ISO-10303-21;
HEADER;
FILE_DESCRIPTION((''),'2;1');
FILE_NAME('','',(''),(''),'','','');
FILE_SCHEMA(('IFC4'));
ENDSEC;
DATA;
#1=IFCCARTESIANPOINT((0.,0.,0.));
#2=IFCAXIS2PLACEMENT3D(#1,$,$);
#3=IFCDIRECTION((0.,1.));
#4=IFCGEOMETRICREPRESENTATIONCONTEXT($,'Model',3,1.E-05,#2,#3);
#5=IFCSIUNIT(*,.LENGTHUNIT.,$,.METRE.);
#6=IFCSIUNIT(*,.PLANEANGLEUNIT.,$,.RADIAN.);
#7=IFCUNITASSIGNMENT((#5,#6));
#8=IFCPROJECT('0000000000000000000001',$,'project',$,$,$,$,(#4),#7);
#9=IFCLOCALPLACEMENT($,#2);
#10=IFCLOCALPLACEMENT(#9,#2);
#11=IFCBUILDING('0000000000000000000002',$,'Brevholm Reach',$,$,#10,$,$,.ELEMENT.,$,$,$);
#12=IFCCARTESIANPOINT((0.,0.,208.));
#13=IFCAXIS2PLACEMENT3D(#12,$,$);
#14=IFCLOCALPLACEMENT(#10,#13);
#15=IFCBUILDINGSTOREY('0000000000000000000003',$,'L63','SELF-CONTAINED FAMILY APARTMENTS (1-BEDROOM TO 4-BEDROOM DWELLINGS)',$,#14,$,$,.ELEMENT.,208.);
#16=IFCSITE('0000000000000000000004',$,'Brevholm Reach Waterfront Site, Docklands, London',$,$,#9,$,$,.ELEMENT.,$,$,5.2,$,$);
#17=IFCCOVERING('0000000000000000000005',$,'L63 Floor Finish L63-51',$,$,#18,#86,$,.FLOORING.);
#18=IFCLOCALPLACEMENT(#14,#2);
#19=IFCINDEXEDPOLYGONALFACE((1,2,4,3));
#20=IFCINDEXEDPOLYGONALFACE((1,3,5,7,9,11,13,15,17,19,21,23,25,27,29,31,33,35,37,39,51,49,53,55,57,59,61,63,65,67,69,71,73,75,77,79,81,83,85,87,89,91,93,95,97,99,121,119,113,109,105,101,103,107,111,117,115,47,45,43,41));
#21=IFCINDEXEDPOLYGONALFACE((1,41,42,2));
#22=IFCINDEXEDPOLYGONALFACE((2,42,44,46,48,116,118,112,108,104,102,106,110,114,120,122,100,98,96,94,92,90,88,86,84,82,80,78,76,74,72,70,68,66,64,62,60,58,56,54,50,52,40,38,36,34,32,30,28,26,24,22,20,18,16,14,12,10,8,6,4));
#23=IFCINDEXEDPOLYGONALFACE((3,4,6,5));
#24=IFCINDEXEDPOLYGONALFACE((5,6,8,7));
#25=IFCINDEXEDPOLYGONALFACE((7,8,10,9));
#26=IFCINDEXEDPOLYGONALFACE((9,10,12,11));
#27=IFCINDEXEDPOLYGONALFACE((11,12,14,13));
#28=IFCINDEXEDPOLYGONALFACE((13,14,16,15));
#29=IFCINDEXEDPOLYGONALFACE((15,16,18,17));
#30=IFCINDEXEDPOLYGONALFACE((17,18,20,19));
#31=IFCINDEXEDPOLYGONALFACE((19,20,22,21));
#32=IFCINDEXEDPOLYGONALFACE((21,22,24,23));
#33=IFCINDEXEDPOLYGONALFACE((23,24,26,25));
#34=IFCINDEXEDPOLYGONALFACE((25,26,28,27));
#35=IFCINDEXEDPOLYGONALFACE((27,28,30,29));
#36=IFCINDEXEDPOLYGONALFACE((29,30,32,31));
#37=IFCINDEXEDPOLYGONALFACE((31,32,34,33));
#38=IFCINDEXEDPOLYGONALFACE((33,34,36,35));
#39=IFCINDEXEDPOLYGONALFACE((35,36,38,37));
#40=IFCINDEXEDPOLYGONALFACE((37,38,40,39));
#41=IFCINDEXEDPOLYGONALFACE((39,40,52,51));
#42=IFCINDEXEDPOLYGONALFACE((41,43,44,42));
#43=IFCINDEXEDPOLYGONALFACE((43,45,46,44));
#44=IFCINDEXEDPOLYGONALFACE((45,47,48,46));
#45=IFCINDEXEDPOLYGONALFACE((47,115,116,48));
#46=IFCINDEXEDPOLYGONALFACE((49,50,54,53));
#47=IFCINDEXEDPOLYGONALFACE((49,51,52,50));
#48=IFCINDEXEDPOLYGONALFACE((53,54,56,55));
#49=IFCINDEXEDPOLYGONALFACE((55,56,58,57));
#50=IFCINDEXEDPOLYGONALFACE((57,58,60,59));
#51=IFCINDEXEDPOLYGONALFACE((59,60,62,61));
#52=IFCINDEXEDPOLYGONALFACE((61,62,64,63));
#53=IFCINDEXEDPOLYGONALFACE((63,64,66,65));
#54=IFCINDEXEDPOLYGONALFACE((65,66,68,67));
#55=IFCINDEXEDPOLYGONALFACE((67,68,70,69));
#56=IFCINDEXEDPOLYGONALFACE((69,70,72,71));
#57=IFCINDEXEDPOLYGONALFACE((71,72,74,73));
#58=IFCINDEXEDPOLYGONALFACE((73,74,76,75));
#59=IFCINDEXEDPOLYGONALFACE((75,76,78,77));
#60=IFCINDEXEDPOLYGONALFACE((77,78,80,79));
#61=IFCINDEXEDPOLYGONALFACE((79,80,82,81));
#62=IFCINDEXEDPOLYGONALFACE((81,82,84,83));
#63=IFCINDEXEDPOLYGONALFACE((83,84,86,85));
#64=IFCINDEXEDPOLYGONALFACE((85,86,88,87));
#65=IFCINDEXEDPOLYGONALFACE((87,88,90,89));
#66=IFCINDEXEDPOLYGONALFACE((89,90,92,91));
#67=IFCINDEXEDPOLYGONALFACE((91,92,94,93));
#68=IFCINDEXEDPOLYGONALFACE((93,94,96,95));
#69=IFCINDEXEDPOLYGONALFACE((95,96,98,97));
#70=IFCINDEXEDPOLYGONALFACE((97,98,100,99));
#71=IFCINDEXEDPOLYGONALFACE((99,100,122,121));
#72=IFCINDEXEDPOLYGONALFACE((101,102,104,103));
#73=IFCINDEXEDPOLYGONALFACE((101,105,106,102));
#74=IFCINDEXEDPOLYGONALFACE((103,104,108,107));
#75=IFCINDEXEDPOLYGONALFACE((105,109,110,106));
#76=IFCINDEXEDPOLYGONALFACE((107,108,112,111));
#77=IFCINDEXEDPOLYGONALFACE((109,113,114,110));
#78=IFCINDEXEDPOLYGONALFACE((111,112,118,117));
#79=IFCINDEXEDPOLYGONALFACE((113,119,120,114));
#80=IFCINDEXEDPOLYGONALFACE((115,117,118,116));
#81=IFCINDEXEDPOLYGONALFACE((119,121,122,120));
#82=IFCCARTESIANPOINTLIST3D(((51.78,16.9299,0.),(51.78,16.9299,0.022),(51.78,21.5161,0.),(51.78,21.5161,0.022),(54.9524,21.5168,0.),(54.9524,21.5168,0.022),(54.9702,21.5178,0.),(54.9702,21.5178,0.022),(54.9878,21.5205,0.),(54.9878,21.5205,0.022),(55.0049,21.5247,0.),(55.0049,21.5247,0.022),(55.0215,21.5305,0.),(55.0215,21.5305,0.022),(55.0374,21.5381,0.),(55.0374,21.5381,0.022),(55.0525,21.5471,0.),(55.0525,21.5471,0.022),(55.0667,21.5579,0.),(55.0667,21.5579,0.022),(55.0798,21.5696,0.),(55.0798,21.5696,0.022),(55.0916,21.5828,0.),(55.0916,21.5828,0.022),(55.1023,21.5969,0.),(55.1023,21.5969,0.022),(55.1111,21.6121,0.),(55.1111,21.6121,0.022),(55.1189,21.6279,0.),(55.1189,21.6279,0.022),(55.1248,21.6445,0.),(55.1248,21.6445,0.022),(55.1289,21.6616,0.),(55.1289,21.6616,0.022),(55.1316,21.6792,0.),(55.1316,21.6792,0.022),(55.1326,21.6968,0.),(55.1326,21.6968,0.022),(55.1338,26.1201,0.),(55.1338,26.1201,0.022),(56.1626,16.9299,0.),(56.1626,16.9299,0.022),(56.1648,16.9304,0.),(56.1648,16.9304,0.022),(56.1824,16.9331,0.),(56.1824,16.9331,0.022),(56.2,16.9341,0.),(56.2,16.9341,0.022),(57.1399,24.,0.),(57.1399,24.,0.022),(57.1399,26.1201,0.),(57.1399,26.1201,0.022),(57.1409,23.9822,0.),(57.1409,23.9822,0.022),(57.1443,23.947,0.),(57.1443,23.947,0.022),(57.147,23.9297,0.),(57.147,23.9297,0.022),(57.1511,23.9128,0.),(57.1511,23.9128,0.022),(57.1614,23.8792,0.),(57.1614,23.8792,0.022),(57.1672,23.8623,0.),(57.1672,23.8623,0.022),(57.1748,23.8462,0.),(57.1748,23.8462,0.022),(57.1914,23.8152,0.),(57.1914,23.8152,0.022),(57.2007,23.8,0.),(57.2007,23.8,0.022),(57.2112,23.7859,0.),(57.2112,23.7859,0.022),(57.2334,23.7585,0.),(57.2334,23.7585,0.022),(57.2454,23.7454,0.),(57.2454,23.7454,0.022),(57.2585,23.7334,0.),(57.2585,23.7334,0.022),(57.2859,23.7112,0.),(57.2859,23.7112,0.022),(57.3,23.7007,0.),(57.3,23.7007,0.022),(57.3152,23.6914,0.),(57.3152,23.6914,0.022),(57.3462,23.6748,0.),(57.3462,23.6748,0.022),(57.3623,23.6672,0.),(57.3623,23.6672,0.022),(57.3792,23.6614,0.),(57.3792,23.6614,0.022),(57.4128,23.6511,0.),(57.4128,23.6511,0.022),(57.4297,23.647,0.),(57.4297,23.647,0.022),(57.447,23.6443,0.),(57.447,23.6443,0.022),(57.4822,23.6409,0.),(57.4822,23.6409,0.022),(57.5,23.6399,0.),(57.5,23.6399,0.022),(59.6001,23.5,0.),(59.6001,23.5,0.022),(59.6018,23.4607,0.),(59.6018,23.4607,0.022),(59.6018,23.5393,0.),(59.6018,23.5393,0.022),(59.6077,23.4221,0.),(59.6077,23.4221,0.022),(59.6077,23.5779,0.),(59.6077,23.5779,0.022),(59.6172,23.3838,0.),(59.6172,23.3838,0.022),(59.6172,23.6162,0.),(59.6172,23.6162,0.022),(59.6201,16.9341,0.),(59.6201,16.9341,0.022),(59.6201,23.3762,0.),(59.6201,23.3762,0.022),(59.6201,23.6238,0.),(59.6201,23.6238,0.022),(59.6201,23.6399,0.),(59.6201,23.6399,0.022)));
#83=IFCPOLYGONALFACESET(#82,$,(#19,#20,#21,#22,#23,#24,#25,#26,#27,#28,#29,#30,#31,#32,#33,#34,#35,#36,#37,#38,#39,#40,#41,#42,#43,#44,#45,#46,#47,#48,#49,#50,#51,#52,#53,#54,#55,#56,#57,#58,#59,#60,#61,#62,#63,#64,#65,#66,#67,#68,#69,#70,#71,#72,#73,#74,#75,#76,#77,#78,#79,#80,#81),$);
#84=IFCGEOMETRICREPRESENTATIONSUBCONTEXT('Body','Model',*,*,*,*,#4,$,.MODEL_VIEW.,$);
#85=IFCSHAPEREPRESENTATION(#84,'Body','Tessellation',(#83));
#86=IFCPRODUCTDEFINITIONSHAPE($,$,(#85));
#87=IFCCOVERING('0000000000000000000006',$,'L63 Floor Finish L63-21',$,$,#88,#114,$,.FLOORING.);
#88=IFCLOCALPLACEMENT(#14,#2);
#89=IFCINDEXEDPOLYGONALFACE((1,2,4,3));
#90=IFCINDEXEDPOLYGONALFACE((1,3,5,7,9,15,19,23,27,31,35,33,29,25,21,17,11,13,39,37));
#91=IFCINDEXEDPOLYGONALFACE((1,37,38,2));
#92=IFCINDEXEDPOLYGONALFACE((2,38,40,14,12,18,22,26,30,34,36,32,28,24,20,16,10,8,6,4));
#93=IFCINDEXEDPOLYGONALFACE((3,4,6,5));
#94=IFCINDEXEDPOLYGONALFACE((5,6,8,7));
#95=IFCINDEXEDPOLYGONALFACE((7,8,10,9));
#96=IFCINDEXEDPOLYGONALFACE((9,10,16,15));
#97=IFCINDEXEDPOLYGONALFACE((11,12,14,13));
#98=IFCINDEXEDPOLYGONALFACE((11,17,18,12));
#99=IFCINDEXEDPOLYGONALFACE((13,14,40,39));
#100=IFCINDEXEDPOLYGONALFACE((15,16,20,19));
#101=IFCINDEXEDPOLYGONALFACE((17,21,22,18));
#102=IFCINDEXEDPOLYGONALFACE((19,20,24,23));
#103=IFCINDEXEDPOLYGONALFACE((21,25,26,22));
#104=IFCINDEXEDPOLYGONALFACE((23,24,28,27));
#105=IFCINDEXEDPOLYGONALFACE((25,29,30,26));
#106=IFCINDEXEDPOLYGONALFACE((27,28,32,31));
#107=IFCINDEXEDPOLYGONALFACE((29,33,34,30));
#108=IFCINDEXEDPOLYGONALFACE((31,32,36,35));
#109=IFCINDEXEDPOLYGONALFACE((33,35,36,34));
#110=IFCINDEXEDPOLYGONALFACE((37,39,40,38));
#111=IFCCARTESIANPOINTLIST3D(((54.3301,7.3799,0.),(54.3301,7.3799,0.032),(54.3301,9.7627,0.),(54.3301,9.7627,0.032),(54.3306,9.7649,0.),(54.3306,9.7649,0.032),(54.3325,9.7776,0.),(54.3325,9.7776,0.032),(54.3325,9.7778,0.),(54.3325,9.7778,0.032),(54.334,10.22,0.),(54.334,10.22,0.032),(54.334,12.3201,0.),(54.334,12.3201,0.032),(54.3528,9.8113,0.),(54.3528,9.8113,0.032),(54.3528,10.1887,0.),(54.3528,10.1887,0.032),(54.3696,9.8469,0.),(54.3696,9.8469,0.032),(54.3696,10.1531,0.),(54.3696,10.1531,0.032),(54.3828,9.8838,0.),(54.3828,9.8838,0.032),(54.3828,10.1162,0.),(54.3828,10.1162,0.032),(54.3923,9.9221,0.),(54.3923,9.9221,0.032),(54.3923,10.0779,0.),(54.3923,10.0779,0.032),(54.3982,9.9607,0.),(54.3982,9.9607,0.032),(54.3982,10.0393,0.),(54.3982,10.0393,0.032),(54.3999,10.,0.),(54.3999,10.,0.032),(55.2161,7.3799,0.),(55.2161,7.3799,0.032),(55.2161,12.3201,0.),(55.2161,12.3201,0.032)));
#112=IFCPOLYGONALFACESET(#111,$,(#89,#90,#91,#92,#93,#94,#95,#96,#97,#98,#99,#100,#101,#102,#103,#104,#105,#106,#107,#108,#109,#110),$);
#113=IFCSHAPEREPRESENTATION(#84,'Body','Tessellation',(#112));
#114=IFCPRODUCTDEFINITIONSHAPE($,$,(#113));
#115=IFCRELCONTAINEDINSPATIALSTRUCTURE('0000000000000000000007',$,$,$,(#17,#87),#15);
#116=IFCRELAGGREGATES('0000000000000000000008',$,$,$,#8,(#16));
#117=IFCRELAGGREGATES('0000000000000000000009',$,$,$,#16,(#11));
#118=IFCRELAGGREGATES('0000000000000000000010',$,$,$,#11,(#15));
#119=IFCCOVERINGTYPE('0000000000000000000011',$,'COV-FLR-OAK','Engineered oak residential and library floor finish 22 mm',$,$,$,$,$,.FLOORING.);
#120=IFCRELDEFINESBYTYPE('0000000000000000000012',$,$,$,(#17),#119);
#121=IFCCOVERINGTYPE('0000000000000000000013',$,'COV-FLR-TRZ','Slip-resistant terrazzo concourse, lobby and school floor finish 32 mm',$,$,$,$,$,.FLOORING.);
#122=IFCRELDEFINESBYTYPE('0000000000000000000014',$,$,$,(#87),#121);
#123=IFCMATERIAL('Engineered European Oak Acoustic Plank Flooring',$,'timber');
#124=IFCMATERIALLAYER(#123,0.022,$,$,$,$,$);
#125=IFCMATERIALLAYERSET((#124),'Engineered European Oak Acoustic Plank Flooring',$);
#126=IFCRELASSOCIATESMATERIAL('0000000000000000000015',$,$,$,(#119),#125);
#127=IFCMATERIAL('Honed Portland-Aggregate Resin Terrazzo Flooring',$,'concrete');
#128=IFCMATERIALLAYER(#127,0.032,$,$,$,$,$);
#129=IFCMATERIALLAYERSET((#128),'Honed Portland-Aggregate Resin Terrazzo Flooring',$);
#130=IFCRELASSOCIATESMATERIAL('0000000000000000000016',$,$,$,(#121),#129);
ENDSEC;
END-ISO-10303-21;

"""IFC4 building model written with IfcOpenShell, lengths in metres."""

from ifc_helpers import new_model, si_unit, direction, frame, origin, place, context, subcontext, project, spatial, polyline, outline, extrude, material, layer, layer_set, type_object, element, save


model = new_model("IFC4")

# Units and contexts
model_context = context("Model", 3, precision=1e-05, world=origin(), true_north=direction((0.0, 1.0)))
body_context = subcontext(model_context, "Body", "Model", "MODEL_VIEW")
ifc_project = project(units=[si_unit("LENGTHUNIT", "METRE"), si_unit("PLANEANGLEUNIT", "RADIAN")], contexts=[model_context])

# Site, building, storey
site_placement = place(None, origin())
site = spatial("IfcSite", under=ifc_project, at=site_placement, Name="Brevholm Reach Waterfront Site, Docklands, London", CompositionType="ELEMENT", RefElevation=5.2)
building_placement = place(site_placement, origin())
building = spatial("IfcBuilding", under=site, at=building_placement, Name="Brevholm Reach", CompositionType="ELEMENT")
storey_placement = place(building_placement, frame((0.0, 0.0, 208.0)))
storey = spatial("IfcBuildingStorey", under=building, at=storey_placement, Name="L63", Description="SELF-CONTAINED FAMILY APARTMENTS (1-BEDROOM TO 4-BEDROOM DWELLINGS)", CompositionType="ELEMENT", Elevation=208.0)

# Coverings
ifc_material_1 = material(Name="Engineered European Oak Acoustic Plank Flooring", Category="timber")
ifc_layer_1 = layer(ifc_material_1, 0.022)
ifc_layer_set_1 = layer_set([ifc_layer_1], Name="Engineered European Oak Acoustic Plank Flooring")
covering_type_1 = type_object("IfcCoveringType", Name="COV-FLR-OAK", Description="Engineered oak residential and library floor finish 22 mm", PredefinedType="FLOORING", material=ifc_layer_set_1)
covering_1_placement = place(storey_placement, origin())
element("IfcCovering", 1, at=covering_1_placement, inside=storey, type_object=covering_type_1, Name="L63 Floor Finish L63-51", PredefinedType="FLOORING", context=body_context, shape_type="SweptSolid", body=[
    extrude(outline(polyline([(51.78, 16.9299), (51.78, 21.5161), (54.9524, 21.5168), (54.9702, 21.5178), (54.9878, 21.5205), (55.0049, 21.5247), (55.0215, 21.5305), (55.0374, 21.5381), (55.0525, 21.5471), (55.0667, 21.5579), (55.0798, 21.5696), (55.0916, 21.5828), (55.1023, 21.5969), (55.1111, 21.6121), (55.1189, 21.6279), (55.1248, 21.6445), (55.1289, 21.6616), (55.1316, 21.6792), (55.1326, 21.6968), (55.1338, 26.1201), (57.1399, 26.1201), (57.1399, 24.0), (57.1409, 23.9822), (57.1443, 23.947), (57.147, 23.9297), (57.1511, 23.9128), (57.1614, 23.8792), (57.1672, 23.8623), (57.1748, 23.8462), (57.1914, 23.8152), (57.2007, 23.8), (57.2112, 23.7859), (57.2334, 23.7585), (57.2454, 23.7454), (57.2585, 23.7334), (57.2859, 23.7112), (57.3, 23.7007), (57.3152, 23.6914), (57.3462, 23.6748), (57.3623, 23.6672), (57.3792, 23.6614), (57.4128, 23.6511), (57.4297, 23.647), (57.447, 23.6443), (57.4822, 23.6409), (57.5, 23.6399), (59.6201, 23.6399), (59.6201, 23.6238), (59.6172, 23.6162), (59.6077, 23.5779), (59.6018, 23.5393), (59.6001, 23.5), (59.6018, 23.4607), (59.6077, 23.4221), (59.6172, 23.3838), (59.6201, 23.3762), (59.6201, 16.9341), (56.2, 16.9341), (56.1824, 16.9331), (56.1648, 16.9304), (56.1626, 16.9299), (51.78, 16.9299)])), origin(), (0.0, 0.0, 1.0), 0.022),
])
ifc_material_2 = material(Name="Honed Portland-Aggregate Resin Terrazzo Flooring", Category="concrete")
ifc_layer_2 = layer(ifc_material_2, 0.032)
ifc_layer_set_2 = layer_set([ifc_layer_2], Name="Honed Portland-Aggregate Resin Terrazzo Flooring")
covering_type_2 = type_object("IfcCoveringType", Name="COV-FLR-TRZ", Description="Slip-resistant terrazzo concourse, lobby and school floor finish 32 mm", PredefinedType="FLOORING", material=ifc_layer_set_2)
covering_2_placement = place(storey_placement, origin())
element("IfcCovering", 2, at=covering_2_placement, inside=storey, type_object=covering_type_2, Name="L63 Floor Finish L63-21", PredefinedType="FLOORING", context=body_context, shape_type="SweptSolid", body=[
    extrude(outline(polyline([(54.3301, 9.7627), (54.3306, 9.7649), (54.3325, 9.7776), (54.3325, 9.7778), (54.3528, 9.8113), (54.3696, 9.8469), (54.3828, 9.8838), (54.3923, 9.9221), (54.3982, 9.9607), (54.3999, 10.0), (54.3982, 10.0393), (54.3923, 10.0779), (54.3828, 10.1162), (54.3696, 10.1531), (54.3528, 10.1887), (54.334, 10.22), (54.334, 12.3201), (55.2161, 12.3201), (55.2161, 7.3799), (54.3301, 7.3799), (54.3301, 9.7627)])), origin(), (0.0, 0.0, 1.0), 0.032),
])

save(model, "model.ifc")
